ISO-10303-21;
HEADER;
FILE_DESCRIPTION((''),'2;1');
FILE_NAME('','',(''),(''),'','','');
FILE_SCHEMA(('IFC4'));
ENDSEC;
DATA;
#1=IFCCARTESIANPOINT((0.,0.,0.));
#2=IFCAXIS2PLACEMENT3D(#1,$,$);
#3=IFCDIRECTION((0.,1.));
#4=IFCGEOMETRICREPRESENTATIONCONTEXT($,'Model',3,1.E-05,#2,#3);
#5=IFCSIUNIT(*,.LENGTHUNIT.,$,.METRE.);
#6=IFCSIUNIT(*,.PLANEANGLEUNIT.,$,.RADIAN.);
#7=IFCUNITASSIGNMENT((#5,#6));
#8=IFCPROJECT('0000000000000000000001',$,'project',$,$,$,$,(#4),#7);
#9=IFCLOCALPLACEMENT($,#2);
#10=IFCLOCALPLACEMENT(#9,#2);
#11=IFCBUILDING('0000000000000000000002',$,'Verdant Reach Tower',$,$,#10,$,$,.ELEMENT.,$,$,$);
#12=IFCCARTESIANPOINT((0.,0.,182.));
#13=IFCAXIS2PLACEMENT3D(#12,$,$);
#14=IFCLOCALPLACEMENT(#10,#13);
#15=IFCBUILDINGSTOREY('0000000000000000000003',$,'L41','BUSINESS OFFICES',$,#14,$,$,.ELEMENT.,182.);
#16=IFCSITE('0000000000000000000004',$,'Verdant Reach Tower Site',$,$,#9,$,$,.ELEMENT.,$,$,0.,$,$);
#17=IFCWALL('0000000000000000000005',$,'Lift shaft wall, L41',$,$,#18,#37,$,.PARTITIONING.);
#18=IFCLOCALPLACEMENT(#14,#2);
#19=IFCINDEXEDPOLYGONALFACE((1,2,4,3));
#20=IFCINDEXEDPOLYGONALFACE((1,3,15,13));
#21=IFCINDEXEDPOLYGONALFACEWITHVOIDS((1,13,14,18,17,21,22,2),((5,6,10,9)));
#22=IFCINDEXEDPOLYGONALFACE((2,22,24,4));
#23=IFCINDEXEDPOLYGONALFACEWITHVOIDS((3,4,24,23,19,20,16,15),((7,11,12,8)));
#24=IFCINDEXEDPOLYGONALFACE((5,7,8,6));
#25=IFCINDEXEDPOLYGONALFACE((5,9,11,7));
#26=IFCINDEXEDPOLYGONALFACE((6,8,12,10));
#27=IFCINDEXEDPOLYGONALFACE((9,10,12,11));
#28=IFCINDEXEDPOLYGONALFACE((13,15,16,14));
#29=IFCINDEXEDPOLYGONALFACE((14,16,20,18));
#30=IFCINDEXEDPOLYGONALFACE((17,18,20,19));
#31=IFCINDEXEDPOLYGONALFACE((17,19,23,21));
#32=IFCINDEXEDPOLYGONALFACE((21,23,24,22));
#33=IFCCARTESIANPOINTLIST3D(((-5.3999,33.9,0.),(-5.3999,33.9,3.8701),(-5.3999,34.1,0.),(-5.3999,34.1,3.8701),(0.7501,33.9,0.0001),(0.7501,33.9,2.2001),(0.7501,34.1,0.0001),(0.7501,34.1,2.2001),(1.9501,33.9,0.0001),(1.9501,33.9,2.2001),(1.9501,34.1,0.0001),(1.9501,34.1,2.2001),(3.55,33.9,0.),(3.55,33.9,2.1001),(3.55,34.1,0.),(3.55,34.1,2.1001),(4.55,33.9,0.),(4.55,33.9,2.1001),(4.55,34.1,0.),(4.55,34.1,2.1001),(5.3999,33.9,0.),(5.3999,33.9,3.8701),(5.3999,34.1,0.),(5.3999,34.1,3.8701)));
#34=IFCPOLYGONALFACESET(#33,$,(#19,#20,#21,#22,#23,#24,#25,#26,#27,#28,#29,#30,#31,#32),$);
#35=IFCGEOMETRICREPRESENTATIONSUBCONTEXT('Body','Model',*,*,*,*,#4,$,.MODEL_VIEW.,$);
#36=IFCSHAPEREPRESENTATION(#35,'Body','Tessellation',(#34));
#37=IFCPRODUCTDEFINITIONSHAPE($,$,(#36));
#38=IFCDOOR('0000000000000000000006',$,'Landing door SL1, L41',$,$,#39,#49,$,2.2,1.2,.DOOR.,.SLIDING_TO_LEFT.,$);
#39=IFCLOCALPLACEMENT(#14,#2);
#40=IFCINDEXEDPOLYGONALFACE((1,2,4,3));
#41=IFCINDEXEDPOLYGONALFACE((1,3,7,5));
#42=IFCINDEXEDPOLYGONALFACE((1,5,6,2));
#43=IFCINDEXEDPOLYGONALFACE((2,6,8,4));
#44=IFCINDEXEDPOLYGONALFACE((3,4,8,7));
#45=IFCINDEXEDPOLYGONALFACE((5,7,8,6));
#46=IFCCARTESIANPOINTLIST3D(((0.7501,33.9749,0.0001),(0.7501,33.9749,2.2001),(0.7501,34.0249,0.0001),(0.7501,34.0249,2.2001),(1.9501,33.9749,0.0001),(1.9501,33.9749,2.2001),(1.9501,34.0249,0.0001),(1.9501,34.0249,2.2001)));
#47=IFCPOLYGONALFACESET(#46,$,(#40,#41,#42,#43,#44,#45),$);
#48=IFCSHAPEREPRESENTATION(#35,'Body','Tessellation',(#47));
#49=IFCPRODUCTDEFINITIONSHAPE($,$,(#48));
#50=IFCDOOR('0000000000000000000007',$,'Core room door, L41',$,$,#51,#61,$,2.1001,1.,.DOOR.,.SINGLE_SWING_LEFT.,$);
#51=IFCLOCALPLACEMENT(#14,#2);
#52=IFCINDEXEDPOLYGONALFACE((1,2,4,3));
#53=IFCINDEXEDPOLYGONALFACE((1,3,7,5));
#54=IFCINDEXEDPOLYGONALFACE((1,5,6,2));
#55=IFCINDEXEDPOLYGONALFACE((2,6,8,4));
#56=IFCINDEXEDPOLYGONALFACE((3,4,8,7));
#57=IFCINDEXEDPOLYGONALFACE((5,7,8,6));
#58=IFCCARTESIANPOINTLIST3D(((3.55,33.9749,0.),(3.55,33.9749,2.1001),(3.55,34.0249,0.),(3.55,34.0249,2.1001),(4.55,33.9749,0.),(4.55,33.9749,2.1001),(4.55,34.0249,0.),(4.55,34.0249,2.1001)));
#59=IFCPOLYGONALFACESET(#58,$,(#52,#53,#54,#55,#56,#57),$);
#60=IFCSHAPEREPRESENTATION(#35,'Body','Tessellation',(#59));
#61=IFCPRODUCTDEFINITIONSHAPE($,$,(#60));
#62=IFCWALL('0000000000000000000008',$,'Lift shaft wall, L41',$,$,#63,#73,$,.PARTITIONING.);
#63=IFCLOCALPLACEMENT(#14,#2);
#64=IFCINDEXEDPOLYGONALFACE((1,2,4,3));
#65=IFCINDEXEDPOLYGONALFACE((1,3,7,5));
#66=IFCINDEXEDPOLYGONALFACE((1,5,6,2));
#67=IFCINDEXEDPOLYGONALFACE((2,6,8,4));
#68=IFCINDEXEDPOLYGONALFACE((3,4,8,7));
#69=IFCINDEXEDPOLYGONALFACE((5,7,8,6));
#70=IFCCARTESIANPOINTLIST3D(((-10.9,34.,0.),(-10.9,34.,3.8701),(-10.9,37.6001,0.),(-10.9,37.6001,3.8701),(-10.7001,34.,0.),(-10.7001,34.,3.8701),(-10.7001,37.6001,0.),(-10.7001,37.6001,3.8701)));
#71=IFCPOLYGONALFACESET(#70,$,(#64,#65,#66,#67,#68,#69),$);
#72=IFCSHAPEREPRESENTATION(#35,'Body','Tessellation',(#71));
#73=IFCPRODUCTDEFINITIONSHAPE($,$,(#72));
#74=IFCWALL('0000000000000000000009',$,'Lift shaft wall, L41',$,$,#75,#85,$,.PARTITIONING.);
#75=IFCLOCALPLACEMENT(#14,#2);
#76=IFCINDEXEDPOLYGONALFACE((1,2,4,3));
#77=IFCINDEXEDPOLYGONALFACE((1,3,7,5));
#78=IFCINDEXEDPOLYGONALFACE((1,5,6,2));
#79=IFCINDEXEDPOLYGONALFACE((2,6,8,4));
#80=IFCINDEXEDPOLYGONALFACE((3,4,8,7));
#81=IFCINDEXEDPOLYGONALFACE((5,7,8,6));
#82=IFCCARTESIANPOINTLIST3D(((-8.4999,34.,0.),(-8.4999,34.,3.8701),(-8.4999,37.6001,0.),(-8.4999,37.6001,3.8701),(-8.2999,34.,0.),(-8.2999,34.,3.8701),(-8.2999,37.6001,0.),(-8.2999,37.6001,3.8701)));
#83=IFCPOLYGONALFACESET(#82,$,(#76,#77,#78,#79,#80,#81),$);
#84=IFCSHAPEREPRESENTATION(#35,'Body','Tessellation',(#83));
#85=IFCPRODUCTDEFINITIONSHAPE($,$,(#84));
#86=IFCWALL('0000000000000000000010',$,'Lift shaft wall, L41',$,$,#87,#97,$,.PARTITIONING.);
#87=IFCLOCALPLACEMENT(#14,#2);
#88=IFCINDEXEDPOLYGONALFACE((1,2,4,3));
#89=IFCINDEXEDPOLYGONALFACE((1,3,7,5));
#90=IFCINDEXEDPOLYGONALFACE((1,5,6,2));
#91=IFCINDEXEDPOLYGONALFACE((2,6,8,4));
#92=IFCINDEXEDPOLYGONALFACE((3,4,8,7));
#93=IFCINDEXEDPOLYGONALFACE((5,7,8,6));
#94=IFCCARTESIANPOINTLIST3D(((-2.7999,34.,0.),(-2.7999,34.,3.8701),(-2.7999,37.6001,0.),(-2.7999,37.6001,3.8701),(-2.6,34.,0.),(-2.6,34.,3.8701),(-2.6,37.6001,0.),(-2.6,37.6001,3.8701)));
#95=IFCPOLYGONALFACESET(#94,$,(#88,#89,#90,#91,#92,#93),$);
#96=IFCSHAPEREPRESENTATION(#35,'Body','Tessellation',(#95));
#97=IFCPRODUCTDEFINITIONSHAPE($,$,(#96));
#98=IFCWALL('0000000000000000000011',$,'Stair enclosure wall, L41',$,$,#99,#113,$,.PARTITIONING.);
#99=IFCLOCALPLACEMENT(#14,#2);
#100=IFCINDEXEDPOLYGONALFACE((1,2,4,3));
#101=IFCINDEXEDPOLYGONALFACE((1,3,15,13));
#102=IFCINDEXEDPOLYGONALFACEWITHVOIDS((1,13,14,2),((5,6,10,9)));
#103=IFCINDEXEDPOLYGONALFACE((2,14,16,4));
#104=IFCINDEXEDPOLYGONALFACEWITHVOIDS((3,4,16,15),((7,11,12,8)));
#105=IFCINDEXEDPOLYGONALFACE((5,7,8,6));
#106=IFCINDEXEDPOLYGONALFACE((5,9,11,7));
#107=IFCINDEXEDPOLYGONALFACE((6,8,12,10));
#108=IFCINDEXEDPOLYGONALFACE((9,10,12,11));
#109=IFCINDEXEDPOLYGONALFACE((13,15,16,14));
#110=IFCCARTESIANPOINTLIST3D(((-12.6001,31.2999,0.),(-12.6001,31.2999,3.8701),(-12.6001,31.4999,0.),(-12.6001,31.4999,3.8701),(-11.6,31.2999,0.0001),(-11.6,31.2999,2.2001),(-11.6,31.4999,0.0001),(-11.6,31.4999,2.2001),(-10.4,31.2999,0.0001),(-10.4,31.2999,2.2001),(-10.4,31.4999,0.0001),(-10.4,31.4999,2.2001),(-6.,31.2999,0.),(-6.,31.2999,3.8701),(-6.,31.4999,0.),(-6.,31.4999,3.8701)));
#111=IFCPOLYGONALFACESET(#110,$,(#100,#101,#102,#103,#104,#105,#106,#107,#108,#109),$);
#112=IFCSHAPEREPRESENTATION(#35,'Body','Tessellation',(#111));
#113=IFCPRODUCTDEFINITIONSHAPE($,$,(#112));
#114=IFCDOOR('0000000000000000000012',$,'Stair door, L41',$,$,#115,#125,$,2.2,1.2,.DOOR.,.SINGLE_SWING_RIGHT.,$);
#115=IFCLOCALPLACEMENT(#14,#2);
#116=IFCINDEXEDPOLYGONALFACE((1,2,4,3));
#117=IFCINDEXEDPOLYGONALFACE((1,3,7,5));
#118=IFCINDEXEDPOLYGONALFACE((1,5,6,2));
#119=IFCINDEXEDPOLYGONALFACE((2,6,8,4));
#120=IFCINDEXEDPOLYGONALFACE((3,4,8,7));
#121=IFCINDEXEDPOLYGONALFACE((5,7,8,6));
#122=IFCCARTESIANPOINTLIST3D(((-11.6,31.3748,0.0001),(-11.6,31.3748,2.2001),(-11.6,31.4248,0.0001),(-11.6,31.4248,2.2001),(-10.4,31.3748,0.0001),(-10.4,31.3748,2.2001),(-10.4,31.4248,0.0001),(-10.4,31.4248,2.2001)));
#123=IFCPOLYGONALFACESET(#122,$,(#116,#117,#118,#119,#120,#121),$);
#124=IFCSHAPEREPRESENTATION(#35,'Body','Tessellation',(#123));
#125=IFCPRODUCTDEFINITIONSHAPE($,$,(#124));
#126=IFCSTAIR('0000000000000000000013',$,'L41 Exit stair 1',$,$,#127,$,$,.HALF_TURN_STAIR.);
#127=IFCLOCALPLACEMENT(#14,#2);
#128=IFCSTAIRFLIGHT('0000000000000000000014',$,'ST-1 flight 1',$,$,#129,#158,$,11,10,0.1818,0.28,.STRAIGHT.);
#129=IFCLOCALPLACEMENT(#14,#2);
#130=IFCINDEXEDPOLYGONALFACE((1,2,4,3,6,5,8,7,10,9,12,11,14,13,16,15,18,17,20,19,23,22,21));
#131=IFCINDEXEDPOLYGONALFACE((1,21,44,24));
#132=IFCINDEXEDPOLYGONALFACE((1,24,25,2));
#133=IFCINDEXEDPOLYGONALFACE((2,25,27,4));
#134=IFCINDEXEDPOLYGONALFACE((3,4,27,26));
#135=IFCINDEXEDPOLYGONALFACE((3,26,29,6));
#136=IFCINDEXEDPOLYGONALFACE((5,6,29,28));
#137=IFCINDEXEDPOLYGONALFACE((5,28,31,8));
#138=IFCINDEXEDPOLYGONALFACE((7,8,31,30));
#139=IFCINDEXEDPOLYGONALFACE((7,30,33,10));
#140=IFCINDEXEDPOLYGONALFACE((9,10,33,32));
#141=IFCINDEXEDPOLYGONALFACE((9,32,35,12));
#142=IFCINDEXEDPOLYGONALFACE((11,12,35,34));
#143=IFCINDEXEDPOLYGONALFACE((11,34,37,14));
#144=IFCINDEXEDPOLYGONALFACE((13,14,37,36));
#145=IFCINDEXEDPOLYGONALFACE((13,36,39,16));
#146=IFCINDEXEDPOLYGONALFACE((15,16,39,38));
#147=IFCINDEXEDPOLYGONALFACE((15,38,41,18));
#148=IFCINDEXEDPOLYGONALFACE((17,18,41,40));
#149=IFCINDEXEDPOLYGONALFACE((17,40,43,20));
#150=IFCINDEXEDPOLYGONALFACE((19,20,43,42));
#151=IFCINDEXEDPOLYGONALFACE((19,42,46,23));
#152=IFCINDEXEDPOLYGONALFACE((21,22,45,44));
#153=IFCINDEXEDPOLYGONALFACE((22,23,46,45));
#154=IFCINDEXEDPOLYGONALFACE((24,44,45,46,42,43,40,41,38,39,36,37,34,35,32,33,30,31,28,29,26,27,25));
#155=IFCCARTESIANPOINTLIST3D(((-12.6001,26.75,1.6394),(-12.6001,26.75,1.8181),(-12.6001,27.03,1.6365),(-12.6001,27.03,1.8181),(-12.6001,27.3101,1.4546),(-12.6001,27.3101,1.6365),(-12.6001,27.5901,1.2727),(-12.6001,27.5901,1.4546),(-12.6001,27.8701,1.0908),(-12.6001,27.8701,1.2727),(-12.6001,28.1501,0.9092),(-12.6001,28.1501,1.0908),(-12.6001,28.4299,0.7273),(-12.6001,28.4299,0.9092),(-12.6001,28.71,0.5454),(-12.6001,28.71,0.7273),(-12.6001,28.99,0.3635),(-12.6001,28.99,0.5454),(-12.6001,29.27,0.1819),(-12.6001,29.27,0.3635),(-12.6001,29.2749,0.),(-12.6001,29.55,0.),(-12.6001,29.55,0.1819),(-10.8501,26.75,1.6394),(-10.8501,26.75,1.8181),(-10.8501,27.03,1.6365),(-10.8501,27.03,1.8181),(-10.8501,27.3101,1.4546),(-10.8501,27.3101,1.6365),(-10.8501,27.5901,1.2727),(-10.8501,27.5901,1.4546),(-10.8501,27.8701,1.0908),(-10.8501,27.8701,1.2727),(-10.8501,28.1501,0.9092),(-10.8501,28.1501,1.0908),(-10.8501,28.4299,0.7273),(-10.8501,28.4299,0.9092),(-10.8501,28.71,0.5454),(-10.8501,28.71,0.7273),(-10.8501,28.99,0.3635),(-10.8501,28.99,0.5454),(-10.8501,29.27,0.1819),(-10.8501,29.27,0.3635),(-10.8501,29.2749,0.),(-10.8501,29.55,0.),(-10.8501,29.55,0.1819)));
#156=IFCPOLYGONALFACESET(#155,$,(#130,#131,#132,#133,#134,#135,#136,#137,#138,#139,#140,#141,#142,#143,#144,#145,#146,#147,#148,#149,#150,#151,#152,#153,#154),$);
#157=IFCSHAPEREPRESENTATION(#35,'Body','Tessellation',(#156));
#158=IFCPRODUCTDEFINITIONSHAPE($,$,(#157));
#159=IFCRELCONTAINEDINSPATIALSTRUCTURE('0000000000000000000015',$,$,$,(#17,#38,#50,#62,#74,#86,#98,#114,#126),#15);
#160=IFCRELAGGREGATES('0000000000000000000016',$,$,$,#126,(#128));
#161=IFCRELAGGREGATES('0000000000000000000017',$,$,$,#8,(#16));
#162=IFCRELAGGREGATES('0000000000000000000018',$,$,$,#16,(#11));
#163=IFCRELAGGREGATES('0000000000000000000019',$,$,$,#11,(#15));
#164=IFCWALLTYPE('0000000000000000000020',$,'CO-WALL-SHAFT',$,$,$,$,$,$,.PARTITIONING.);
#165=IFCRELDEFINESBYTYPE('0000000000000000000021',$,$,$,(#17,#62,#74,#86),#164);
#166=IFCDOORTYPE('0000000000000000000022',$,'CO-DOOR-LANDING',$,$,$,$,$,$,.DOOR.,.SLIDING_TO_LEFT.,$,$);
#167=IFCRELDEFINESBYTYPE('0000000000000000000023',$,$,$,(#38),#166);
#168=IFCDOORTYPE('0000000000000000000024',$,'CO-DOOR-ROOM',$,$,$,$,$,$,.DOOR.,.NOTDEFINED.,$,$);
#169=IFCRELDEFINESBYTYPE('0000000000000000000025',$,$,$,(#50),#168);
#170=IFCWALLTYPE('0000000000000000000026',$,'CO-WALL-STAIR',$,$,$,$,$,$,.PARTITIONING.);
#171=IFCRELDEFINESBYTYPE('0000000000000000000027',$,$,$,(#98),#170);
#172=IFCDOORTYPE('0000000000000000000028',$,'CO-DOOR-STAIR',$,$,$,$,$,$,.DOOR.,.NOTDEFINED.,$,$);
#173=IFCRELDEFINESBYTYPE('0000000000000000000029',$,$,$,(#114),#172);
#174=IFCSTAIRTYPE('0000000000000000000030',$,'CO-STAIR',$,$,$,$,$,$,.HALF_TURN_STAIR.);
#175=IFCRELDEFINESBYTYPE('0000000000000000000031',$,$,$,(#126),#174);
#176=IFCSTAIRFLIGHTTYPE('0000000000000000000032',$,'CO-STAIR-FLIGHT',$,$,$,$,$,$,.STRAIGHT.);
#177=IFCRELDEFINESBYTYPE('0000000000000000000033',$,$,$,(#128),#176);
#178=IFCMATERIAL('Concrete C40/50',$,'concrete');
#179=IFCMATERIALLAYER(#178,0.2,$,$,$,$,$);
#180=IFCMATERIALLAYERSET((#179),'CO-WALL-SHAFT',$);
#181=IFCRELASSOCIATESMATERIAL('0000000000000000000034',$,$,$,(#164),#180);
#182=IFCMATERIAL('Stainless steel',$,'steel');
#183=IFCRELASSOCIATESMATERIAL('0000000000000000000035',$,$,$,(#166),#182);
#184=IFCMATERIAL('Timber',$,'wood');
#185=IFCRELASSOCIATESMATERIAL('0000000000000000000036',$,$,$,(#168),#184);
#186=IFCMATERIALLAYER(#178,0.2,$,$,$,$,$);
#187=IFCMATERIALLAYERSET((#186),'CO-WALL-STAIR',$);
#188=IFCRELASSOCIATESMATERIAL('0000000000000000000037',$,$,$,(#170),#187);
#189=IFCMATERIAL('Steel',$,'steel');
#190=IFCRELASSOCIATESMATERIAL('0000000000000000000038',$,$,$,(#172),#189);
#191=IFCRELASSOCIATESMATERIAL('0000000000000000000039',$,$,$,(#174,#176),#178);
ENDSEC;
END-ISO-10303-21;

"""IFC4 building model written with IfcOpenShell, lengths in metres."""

from ifc_helpers import new_model, si_unit, direction, frame, frame_2d, origin, place, context, subcontext, project, spatial, polyline, rectangle, outline, extrude, material, layer, layer_set, type_object, element, fill, aggregate, save


model = new_model("IFC4")

# Units and contexts
model_context = context("Model", 3, precision=1e-05, world=origin(), true_north=direction((0.0, 1.0)))
body_context = subcontext(model_context, "Body", "Model", "MODEL_VIEW")
ifc_project = project(units=[si_unit("LENGTHUNIT", "METRE"), si_unit("PLANEANGLEUNIT", "RADIAN")], contexts=[model_context])

# Site, building, storey
site_placement = place(None, origin())
site = spatial("IfcSite", under=ifc_project, at=site_placement, Name="Verdant Reach Tower Site", CompositionType="ELEMENT", RefElevation=0.0)
building_placement = place(site_placement, origin())
building = spatial("IfcBuilding", under=site, at=building_placement, Name="Verdant Reach Tower", CompositionType="ELEMENT")
storey_placement = place(building_placement, frame((0.0, 0.0, 182.0)))
storey = spatial("IfcBuildingStorey", under=building, at=storey_placement, Name="L41", Description="BUSINESS OFFICES", CompositionType="ELEMENT", Elevation=182.0)

# Shared definitions
ifc_material_1 = material(Name="Concrete C40/50", Category="concrete")
ifc_layer_1 = layer(ifc_material_1, 0.2)
ifc_layer_set_1 = layer_set([ifc_layer_1], Name="CO-WALL-SHAFT")
wall_type_1 = type_object("IfcWallType", Name="CO-WALL-SHAFT", PredefinedType="PARTITIONING", material=ifc_layer_set_1)

# Wall, openings, doors
ifc_material_2 = material(Name="Stainless steel", Category="steel")
ifc_material_3 = material(Name="Steel", Category="steel")
wall_1_placement = place(storey_placement, frame((-5.3999, 34.0, 0.0), z_axis=(0.0, 0.0, 1.0), x_axis=(1.0, 0.0, 0.0)))
wall_1 = element("IfcWall", 1, at=wall_1_placement, inside=storey, type_object=wall_type_1, Name="Lift shaft wall, L41", PredefinedType="PARTITIONING", context=body_context, shape_type="SweptSolid", body=[
    extrude(rectangle(XDim=10.7998, YDim=0.2, at=frame_2d((5.3999, 0.0))), origin(), (0.0, 0.0, 1.0), 3.8701),
])
opening_1_placement = place(wall_1_placement, frame((6.1499, 0.0, 0.0)))
opening_1 = element("IfcOpeningElement", 2, at=opening_1_placement, cuts=wall_1, PredefinedType="OPENING", context=body_context, shape_type="SweptSolid", body=[
    extrude(rectangle(XDim=1.2, YDim=2.2, at=frame_2d((0.6001, 1.1001))), frame((0.0, 0.1099, 0.0), z_axis=(0.0, -1.0, 0.0), x_axis=(1.0, 0.0, 0.0)), (0.0, 0.0, 1.0), 0.22),
])
opening_2_placement = place(wall_1_placement, frame((8.95, 0.0, 0.0)))
opening_2 = element("IfcOpeningElement", 3, at=opening_2_placement, cuts=wall_1, PredefinedType="OPENING", context=body_context, shape_type="SweptSolid", body=[
    extrude(rectangle(XDim=1.0, YDim=2.1001, at=frame_2d((0.5, 1.05))), frame((0.0, 0.1099, 0.0), z_axis=(0.0, -1.0, 0.0), x_axis=(1.0, 0.0, 0.0)), (0.0, 0.0, 1.0), 0.22),
])
door_type_1 = type_object("IfcDoorType", Name="CO-DOOR-LANDING", OperationType="SLIDING_TO_LEFT", PredefinedType="DOOR", material=ifc_material_2)
door_1_placement = place(opening_1_placement, origin())
door_1 = element("IfcDoor", 4, at=door_1_placement, inside=storey, type_object=door_type_1, Name="Landing door SL1, L41", OperationType="SLIDING_TO_LEFT", OverallHeight=2.2, OverallWidth=1.2, PredefinedType="DOOR", context=body_context, shape_type="SweptSolid", body=[
    extrude(rectangle(XDim=1.2, YDim=2.2, at=frame_2d((0.6001, 1.1001))), frame((0.0, 0.0249, 0.0), z_axis=(0.0, -1.0, 0.0), x_axis=(1.0, 0.0, 0.0)), (0.0, 0.0, 1.0), 0.05),
])
fill(opening_1, door_1)
ifc_material_4 = material(Name="Timber", Category="wood")
door_type_2 = type_object("IfcDoorType", Name="CO-DOOR-ROOM", OperationType="NOTDEFINED", PredefinedType="DOOR", material=ifc_material_4)
door_2_placement = place(opening_2_placement, origin())
door_2 = element("IfcDoor", 5, at=door_2_placement, inside=storey, type_object=door_type_2, Name="Core room door, L41", OperationType="SINGLE_SWING_LEFT", OverallHeight=2.1001, OverallWidth=1.0, PredefinedType="DOOR", context=body_context, shape_type="SweptSolid", body=[
    extrude(rectangle(XDim=1.0, YDim=2.1001, at=frame_2d((0.5, 1.05))), frame((0.0, 0.0249, 0.0), z_axis=(0.0, -1.0, 0.0), x_axis=(1.0, 0.0, 0.0)), (0.0, 0.0, 1.0), 0.05),
])
fill(opening_2, door_2)

# Walls
for number, where, z_axis, x_axis, name in (
    (6, (-10.8, 34.0, 0.0), (0.0, 0.0, 1.0), (0.0, 1.0, 0.0), "Lift shaft wall, L41"),
    (7, (-8.3999, 34.0, 0.0), (0.0, 0.0, 1.0), (0.0, 1.0, 0.0), "Lift shaft wall, L41"),
    (8, (-2.7, 34.0, 0.0), (0.0, 0.0, 1.0), (0.0, 1.0, 0.0), "Lift shaft wall, L41"),
):
    element("IfcWall", number, at=place(storey_placement, frame(where, z_axis=z_axis, x_axis=x_axis)), inside=storey, type_object=wall_type_1, Name=name, PredefinedType="PARTITIONING", context=body_context, shape_type="SweptSolid", body=[
        extrude(rectangle(XDim=3.6001, YDim=0.2, at=frame_2d((1.8, 0.0))), origin(), (0.0, 0.0, 1.0), 3.8701),
    ])

# Wall, opening, door
ifc_layer_2 = layer(ifc_material_1, 0.2)
ifc_layer_set_2 = layer_set([ifc_layer_2], Name="CO-WALL-STAIR")
wall_type_2 = type_object("IfcWallType", Name="CO-WALL-STAIR", PredefinedType="PARTITIONING", material=ifc_layer_set_2)
wall_2_placement = place(storey_placement, frame((-12.6001, 31.3999, 0.0), z_axis=(0.0, 0.0, 1.0), x_axis=(1.0, 0.0, 0.0)))
wall_2 = element("IfcWall", 9, at=wall_2_placement, inside=storey, type_object=wall_type_2, Name="Stair enclosure wall, L41", PredefinedType="PARTITIONING", context=body_context, shape_type="SweptSolid", body=[
    extrude(rectangle(XDim=6.6001, YDim=0.2, at=frame_2d((3.3, 0.0))), origin(), (0.0, 0.0, 1.0), 3.8701),
])
opening_3_placement = place(wall_2_placement, frame((1.0, 0.0, 0.0)))
opening_3 = element("IfcOpeningElement", 10, at=opening_3_placement, cuts=wall_2, PredefinedType="OPENING", context=body_context, shape_type="SweptSolid", body=[
    extrude(rectangle(XDim=1.2, YDim=2.2, at=frame_2d((0.6001, 1.1001))), frame((0.0, 0.1099, 0.0), z_axis=(0.0, -1.0, 0.0), x_axis=(1.0, 0.0, 0.0)), (0.0, 0.0, 1.0), 0.22),
])
door_type_3 = type_object("IfcDoorType", Name="CO-DOOR-STAIR", OperationType="NOTDEFINED", PredefinedType="DOOR", material=ifc_material_3)
door_3_placement = place(opening_3_placement, origin())
door_3 = element("IfcDoor", 11, at=door_3_placement, inside=storey, type_object=door_type_3, Name="Stair door, L41", OperationType="SINGLE_SWING_RIGHT", OverallHeight=2.2, OverallWidth=1.2, PredefinedType="DOOR", context=body_context, shape_type="SweptSolid", body=[
    extrude(rectangle(XDim=1.2, YDim=2.2, at=frame_2d((0.6001, 1.1001))), frame((0.0, 0.0249, 0.0), z_axis=(0.0, -1.0, 0.0), x_axis=(1.0, 0.0, 0.0)), (0.0, 0.0, 1.0), 0.05),
])
fill(opening_3, door_3)

# Stair, stair flight
stair_type = type_object("IfcStairType", Name="CO-STAIR", PredefinedType="HALF_TURN_STAIR", material=ifc_material_1)
stair_placement = place(storey_placement, origin())
stair = element("IfcStair", 12, at=stair_placement, inside=storey, type_object=stair_type, Name="L41 Exit stair 1", PredefinedType="HALF_TURN_STAIR")
stair_flight_type = type_object("IfcStairFlightType", Name="CO-STAIR-FLIGHT", PredefinedType="STRAIGHT", material=ifc_material_1)
stair_flight_placement = place(storey_placement, frame((-11.7251, 29.55, 0.0), z_axis=(0.0, 0.0, 1.0), x_axis=(0.0, -1.0, 0.0)))
stair_flight = element("IfcStairFlight", 13, at=stair_flight_placement, type_object=stair_flight_type, Name="ST-1 flight 1", NumberOfRisers=11, NumberOfTreads=10, PredefinedType="STRAIGHT", RiserHeight=0.1818, TreadLength=0.28, context=body_context, shape_type="SweptSolid", body=[
    extrude(outline(polyline([(0.0, 0.0), (0.0, 0.1819), (0.28, 0.1819), (0.28, 0.3635), (0.5601, 0.3635), (0.5601, 0.5454), (0.8401, 0.5454), (0.8401, 0.7273), (1.1201, 0.7273), (1.1201, 0.9092), (1.3999, 0.9092), (1.3999, 1.0908), (1.6799, 1.0908), (1.6799, 1.2727), (1.96, 1.2727), (1.96, 1.4546), (2.24, 1.4546), (2.24, 1.6365), (2.52, 1.6365), (2.52, 1.8181), (2.8, 1.8181), (2.8, 2.0), (2.8, 1.6394), (0.2751, 0.0), (0.0, 0.0)])), frame((0.0, 0.875, 0.0), z_axis=(0.0, -1.0, 0.0), x_axis=(1.0, 0.0, 0.0)), (0.0, 0.0, 1.0), 1.75),
])
aggregate(stair, [stair_flight])

save(model, "model.ifc")
